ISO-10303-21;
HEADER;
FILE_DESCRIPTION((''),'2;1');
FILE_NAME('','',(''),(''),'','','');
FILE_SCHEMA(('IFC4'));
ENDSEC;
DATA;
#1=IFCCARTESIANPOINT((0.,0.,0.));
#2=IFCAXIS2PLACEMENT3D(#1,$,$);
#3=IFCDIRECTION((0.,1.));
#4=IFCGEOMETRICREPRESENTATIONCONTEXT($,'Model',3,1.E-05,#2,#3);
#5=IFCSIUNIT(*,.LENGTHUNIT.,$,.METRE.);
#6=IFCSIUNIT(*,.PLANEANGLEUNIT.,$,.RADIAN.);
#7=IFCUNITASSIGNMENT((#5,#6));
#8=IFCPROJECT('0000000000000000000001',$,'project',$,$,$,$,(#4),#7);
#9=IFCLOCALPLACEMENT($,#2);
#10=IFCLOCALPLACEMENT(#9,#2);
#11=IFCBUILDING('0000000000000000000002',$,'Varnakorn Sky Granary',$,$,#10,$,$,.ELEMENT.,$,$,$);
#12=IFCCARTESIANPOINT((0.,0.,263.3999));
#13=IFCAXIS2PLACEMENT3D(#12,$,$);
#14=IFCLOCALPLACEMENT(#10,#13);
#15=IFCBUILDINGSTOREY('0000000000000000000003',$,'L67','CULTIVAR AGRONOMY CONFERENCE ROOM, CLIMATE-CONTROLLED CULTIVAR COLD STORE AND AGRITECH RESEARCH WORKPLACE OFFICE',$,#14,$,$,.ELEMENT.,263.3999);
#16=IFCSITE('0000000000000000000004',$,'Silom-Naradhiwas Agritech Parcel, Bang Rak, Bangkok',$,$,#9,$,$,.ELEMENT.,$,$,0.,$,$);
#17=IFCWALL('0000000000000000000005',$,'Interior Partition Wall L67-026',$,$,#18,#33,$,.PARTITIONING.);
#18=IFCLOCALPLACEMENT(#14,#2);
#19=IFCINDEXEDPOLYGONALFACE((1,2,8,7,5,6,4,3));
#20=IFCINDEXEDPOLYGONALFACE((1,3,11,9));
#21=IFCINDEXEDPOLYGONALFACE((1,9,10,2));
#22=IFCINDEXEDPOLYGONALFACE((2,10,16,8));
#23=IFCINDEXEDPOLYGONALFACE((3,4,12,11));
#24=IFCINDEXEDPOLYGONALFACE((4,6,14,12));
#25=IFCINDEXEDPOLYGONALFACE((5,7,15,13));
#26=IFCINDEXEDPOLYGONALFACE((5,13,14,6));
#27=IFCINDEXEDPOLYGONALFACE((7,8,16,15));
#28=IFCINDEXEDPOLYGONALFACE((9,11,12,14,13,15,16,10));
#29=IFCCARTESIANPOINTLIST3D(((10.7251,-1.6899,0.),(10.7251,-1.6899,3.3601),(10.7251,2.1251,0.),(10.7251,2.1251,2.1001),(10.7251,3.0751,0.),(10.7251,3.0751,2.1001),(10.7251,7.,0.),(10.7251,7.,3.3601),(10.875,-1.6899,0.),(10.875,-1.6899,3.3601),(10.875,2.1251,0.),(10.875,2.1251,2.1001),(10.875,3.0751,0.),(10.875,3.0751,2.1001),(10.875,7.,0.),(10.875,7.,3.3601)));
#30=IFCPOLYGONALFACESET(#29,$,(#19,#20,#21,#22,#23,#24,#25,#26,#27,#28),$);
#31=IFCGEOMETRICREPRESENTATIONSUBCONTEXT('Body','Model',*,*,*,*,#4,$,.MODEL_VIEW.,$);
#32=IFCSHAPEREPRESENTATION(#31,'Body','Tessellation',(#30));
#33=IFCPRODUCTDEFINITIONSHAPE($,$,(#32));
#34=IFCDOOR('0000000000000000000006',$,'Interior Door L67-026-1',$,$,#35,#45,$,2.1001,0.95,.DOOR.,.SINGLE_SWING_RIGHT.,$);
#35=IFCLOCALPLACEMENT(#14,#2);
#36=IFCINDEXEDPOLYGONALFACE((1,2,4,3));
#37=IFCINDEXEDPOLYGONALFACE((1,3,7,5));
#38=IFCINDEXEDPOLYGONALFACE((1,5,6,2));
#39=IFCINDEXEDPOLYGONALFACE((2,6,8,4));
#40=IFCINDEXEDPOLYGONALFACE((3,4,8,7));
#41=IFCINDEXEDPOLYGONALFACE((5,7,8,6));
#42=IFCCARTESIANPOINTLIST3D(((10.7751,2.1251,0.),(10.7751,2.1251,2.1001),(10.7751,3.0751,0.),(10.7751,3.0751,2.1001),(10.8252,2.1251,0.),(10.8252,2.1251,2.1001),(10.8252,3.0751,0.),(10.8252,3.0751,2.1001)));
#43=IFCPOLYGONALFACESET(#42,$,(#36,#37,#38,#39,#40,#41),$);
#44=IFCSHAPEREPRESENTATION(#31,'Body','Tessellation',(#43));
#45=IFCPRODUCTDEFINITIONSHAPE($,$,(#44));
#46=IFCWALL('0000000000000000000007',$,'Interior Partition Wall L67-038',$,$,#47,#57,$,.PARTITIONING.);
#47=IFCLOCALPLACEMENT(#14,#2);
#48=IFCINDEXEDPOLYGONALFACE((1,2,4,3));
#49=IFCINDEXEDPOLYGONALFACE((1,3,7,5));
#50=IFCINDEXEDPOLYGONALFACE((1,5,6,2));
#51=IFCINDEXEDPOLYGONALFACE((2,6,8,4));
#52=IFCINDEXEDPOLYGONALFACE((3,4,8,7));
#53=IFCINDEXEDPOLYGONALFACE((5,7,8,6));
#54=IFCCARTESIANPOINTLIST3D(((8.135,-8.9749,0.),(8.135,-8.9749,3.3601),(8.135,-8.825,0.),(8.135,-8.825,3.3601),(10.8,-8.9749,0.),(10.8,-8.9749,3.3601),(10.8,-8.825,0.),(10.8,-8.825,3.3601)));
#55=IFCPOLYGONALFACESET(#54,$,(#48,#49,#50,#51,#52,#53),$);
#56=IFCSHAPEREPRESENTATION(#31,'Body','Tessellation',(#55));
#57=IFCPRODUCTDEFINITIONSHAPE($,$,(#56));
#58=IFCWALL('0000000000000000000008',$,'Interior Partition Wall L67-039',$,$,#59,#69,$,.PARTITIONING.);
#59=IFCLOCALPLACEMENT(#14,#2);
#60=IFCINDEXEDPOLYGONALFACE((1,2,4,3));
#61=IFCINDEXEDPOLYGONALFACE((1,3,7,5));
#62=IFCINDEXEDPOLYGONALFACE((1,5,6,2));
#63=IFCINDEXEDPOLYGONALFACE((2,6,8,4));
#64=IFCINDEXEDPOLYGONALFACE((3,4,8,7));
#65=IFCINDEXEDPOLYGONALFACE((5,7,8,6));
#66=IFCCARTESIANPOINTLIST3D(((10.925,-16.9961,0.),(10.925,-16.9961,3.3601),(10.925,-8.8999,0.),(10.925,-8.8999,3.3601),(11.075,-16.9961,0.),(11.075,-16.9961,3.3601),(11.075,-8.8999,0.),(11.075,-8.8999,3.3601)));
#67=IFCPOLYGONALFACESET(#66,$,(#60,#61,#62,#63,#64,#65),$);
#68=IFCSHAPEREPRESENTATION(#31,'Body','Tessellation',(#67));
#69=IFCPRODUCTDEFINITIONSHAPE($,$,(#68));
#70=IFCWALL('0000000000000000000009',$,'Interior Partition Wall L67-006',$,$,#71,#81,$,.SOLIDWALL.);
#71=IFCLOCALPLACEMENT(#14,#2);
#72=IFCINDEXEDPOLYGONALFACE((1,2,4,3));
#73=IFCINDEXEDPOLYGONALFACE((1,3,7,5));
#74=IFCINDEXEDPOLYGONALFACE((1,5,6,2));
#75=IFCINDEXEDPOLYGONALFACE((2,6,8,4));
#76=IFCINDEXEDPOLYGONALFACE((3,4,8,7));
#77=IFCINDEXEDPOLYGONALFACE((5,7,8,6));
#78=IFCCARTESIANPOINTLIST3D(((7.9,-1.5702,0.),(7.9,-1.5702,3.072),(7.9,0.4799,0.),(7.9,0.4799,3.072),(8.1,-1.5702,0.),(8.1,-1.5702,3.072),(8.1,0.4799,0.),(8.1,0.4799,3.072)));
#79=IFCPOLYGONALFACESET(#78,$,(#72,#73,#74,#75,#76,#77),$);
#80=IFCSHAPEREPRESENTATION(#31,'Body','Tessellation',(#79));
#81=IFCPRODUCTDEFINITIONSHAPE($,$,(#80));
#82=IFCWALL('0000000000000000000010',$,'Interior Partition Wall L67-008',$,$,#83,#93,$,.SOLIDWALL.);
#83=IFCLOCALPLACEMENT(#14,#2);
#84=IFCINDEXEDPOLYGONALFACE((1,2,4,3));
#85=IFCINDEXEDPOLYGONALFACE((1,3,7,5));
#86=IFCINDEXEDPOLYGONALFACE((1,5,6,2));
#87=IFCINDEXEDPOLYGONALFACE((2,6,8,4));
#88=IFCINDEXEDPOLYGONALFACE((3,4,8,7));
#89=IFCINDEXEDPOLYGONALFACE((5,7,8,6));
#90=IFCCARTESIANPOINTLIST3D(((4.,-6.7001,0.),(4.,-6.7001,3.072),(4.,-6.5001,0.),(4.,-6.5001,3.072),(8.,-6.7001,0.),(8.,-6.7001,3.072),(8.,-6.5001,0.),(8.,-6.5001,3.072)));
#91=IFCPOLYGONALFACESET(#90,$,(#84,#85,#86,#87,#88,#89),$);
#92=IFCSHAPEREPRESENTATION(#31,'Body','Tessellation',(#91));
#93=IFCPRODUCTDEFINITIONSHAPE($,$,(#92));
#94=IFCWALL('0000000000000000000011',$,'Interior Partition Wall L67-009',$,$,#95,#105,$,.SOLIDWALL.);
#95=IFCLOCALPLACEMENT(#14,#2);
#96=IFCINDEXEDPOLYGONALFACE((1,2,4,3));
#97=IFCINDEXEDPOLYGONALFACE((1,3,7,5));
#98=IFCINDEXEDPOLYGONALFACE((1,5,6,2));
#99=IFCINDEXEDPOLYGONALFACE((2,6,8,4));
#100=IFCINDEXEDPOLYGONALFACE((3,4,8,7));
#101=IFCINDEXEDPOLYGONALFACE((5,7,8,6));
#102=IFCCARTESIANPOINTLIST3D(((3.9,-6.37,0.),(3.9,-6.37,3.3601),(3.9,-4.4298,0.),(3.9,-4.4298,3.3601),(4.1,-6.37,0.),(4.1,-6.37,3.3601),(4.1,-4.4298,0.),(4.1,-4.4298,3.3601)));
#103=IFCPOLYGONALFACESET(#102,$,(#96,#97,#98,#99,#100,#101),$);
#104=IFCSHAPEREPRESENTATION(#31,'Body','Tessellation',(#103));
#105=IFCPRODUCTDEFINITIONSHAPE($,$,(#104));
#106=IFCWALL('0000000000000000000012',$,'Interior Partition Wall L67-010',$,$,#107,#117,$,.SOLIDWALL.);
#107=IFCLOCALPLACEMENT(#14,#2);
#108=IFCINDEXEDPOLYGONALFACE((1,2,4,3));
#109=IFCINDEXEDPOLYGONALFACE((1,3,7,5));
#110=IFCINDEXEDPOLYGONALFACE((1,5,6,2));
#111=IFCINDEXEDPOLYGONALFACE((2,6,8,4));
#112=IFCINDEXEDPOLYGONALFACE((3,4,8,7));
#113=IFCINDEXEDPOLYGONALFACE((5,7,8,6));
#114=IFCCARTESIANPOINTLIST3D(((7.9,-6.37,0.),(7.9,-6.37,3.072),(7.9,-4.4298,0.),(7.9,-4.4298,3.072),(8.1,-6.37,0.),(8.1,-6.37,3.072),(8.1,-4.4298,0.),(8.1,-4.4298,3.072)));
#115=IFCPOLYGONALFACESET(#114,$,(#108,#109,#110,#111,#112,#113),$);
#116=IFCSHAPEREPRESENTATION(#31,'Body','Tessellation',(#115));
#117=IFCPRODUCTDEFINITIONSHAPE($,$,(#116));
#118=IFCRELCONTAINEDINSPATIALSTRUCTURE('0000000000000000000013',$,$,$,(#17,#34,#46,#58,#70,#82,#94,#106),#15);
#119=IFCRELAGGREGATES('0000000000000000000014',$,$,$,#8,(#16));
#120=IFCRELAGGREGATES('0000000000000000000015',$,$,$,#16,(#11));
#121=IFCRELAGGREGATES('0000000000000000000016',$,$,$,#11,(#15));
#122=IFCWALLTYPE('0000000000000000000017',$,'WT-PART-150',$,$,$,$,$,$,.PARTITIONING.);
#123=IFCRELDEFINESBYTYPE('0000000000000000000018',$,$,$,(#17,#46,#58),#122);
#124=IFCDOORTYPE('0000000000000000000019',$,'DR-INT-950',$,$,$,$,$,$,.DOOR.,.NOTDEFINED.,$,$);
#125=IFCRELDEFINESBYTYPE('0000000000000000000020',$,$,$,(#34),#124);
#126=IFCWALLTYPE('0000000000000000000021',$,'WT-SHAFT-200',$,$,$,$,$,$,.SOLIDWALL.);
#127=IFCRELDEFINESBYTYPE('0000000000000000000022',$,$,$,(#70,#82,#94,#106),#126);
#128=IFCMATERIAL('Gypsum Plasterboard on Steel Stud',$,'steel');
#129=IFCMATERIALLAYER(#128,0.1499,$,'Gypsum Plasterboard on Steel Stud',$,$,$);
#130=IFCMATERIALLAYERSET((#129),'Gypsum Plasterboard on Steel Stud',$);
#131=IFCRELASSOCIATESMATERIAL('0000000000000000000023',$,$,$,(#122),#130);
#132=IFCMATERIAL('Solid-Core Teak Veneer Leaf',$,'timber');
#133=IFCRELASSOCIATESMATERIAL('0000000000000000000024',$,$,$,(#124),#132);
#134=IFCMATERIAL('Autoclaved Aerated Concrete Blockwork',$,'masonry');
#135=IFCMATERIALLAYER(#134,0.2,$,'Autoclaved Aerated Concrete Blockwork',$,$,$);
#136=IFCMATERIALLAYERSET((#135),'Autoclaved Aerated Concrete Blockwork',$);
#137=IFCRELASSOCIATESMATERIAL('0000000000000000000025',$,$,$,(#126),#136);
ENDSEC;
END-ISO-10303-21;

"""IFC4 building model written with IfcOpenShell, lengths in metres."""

from ifc_helpers import new_model, si_unit, direction, frame, frame_2d, origin, place, context, subcontext, project, spatial, rectangle, extrude, material, layer, layer_set, type_object, element, fill, save


model = new_model("IFC4")

# Units and contexts
model_context = context("Model", 3, precision=1e-05, world=origin(), true_north=direction((0.0, 1.0)))
body_context = subcontext(model_context, "Body", "Model", "MODEL_VIEW")
ifc_project = project(units=[si_unit("LENGTHUNIT", "METRE"), si_unit("PLANEANGLEUNIT", "RADIAN")], contexts=[model_context])

# Site, building, storey
site_placement = place(None, origin())
site = spatial("IfcSite", under=ifc_project, at=site_placement, Name="Silom-Naradhiwas Agritech Parcel, Bang Rak, Bangkok", CompositionType="ELEMENT", RefElevation=0.0)
building_placement = place(site_placement, origin())
building = spatial("IfcBuilding", under=site, at=building_placement, Name="Varnakorn Sky Granary", CompositionType="ELEMENT")
storey_placement = place(building_placement, frame((0.0, 0.0, 263.3999)))
storey = spatial("IfcBuildingStorey", under=building, at=storey_placement, Name="L67", Description="CULTIVAR AGRONOMY CONFERENCE ROOM, CLIMATE-CONTROLLED CULTIVAR COLD STORE AND AGRITECH RESEARCH WORKPLACE OFFICE", CompositionType="ELEMENT", Elevation=263.3999)

# Wall, opening, door
ifc_material_1 = material(Name="Autoclaved Aerated Concrete Blockwork", Category="masonry")
ifc_material_2 = material(Name="Gypsum Plasterboard on Steel Stud", Category="steel")
ifc_layer_1 = layer(ifc_material_2, 0.1499, Name="Gypsum Plasterboard on Steel Stud")
ifc_layer_set_1 = layer_set([ifc_layer_1], Name="Gypsum Plasterboard on Steel Stud")
wall_type_1 = type_object("IfcWallType", Name="WT-PART-150", PredefinedType="PARTITIONING", material=ifc_layer_set_1)
ifc_material_3 = material(Name="Solid-Core Teak Veneer Leaf", Category="timber")
door_type_1 = type_object("IfcDoorType", Name="DR-INT-950", OperationType="NOTDEFINED", PredefinedType="DOOR", material=ifc_material_3)
wall_1_placement = place(storey_placement, frame((10.8, -1.6899, 0.0), z_axis=(0.0, 0.0, 1.0), x_axis=(0.0, 1.0, 0.0)))
wall_1 = element("IfcWall", 1, at=wall_1_placement, inside=storey, type_object=wall_type_1, Name="Interior Partition Wall L67-026", PredefinedType="PARTITIONING", context=body_context, shape_type="SweptSolid", body=[
    extrude(rectangle(XDim=8.6899, YDim=0.1499, at=frame_2d((4.345, 0.0))), origin(), (0.0, 0.0, 1.0), 3.3601),
])
opening_1_placement = place(wall_1_placement, frame((3.8149, 0.0, 0.0)))
opening_1 = element("IfcOpeningElement", 2, at=opening_1_placement, cuts=wall_1, PredefinedType="OPENING", context=body_context, shape_type="SweptSolid", body=[
    extrude(rectangle(XDim=0.95, YDim=2.1001, at=frame_2d((0.4751, 1.05))), frame((0.0, 0.085, 0.0), z_axis=(0.0, -1.0, 0.0), x_axis=(1.0, 0.0, 0.0)), (0.0, 0.0, 1.0), 0.1699),
])
door_1_placement = place(opening_1_placement, origin())
door_1 = element("IfcDoor", 3, at=door_1_placement, inside=storey, type_object=door_type_1, Name="Interior Door L67-026-1", OperationType="SINGLE_SWING_RIGHT", OverallHeight=2.1001, OverallWidth=0.95, PredefinedType="DOOR", context=body_context, shape_type="SweptSolid", body=[
    extrude(rectangle(XDim=0.95, YDim=2.1001, at=frame_2d((0.4751, 1.05))), frame((0.0, 0.0249, 0.0), z_axis=(0.0, -1.0, 0.0), x_axis=(1.0, 0.0, 0.0)), (0.0, 0.0, 1.0), 0.05),
])
fill(opening_1, door_1)

# Walls
wall_2_placement = place(storey_placement, frame((8.135, -8.8999, 0.0), z_axis=(0.0, 0.0, 1.0), x_axis=(1.0, 0.0, 0.0)))
element("IfcWall", 4, at=wall_2_placement, inside=storey, type_object=wall_type_1, Name="Interior Partition Wall L67-038", PredefinedType="PARTITIONING", context=body_context, shape_type="SweptSolid", body=[
    extrude(rectangle(XDim=2.665, YDim=0.1499, at=frame_2d((1.3325, 0.0))), origin(), (0.0, 0.0, 1.0), 3.3601),
])
wall_3_placement = place(storey_placement, frame((11.0, -8.8999, 0.0), z_axis=(0.0, 0.0, 1.0), x_axis=(0.0, -1.0, 0.0)))
element("IfcWall", 5, at=wall_3_placement, inside=storey, type_object=wall_type_1, Name="Interior Partition Wall L67-039", PredefinedType="PARTITIONING", context=body_context, shape_type="SweptSolid", body=[
    extrude(rectangle(XDim=8.0962, YDim=0.1499, at=frame_2d((4.0481, 0.0))), origin(), (0.0, 0.0, 1.0), 3.3601),
])
ifc_layer_2 = layer(ifc_material_1, 0.2, Name="Autoclaved Aerated Concrete Blockwork")
ifc_layer_set_2 = layer_set([ifc_layer_2], Name="Autoclaved Aerated Concrete Blockwork")
wall_type_2 = type_object("IfcWallType", Name="WT-SHAFT-200", PredefinedType="SOLIDWALL", material=ifc_layer_set_2)
wall_4_placement = place(storey_placement, frame((8.0, -1.5701, 0.0), z_axis=(0.0, 0.0, 1.0), x_axis=(0.0, 1.0, 0.0)))
element("IfcWall", 6, at=wall_4_placement, inside=storey, type_object=wall_type_2, Name="Interior Partition Wall L67-006", PredefinedType="SOLIDWALL", context=body_context, shape_type="SweptSolid", body=[
    extrude(rectangle(XDim=2.05, YDim=0.2, at=frame_2d((1.0249, 0.0))), origin(), (0.0, 0.0, 1.0), 3.072),
])
wall_5_placement = place(storey_placement, frame((4.0, -6.6001, 0.0), z_axis=(0.0, 0.0, 1.0), x_axis=(1.0, 0.0, 0.0)))
element("IfcWall", 7, at=wall_5_placement, inside=storey, type_object=wall_type_2, Name="Interior Partition Wall L67-008", PredefinedType="SOLIDWALL", context=body_context, shape_type="SweptSolid", body=[
    extrude(rectangle(XDim=4.0, YDim=0.2, at=frame_2d((2.0, 0.0))), origin(), (0.0, 0.0, 1.0), 3.072),
])
wall_6_placement = place(storey_placement, frame((4.0, -6.3701, 0.0), z_axis=(0.0, 0.0, 1.0), x_axis=(0.0, 1.0, 0.0)))
element("IfcWall", 8, at=wall_6_placement, inside=storey, type_object=wall_type_2, Name="Interior Partition Wall L67-009", PredefinedType="SOLIDWALL", context=body_context, shape_type="SweptSolid", body=[
    extrude(rectangle(XDim=1.9402, YDim=0.2, at=frame_2d((0.9702, 0.0))), origin(), (0.0, 0.0, 1.0), 3.3601),
])
wall_7_placement = place(storey_placement, frame((8.0, -6.3701, 0.0), z_axis=(0.0, 0.0, 1.0), x_axis=(0.0, 1.0, 0.0)))
element("IfcWall", 9, at=wall_7_placement, inside=storey, type_object=wall_type_2, Name="Interior Partition Wall L67-010", PredefinedType="SOLIDWALL", context=body_context, shape_type="SweptSolid", body=[
    extrude(rectangle(XDim=1.9402, YDim=0.2, at=frame_2d((0.9702, 0.0))), origin(), (0.0, 0.0, 1.0), 3.072),
])

save(model, "model.ifc")
